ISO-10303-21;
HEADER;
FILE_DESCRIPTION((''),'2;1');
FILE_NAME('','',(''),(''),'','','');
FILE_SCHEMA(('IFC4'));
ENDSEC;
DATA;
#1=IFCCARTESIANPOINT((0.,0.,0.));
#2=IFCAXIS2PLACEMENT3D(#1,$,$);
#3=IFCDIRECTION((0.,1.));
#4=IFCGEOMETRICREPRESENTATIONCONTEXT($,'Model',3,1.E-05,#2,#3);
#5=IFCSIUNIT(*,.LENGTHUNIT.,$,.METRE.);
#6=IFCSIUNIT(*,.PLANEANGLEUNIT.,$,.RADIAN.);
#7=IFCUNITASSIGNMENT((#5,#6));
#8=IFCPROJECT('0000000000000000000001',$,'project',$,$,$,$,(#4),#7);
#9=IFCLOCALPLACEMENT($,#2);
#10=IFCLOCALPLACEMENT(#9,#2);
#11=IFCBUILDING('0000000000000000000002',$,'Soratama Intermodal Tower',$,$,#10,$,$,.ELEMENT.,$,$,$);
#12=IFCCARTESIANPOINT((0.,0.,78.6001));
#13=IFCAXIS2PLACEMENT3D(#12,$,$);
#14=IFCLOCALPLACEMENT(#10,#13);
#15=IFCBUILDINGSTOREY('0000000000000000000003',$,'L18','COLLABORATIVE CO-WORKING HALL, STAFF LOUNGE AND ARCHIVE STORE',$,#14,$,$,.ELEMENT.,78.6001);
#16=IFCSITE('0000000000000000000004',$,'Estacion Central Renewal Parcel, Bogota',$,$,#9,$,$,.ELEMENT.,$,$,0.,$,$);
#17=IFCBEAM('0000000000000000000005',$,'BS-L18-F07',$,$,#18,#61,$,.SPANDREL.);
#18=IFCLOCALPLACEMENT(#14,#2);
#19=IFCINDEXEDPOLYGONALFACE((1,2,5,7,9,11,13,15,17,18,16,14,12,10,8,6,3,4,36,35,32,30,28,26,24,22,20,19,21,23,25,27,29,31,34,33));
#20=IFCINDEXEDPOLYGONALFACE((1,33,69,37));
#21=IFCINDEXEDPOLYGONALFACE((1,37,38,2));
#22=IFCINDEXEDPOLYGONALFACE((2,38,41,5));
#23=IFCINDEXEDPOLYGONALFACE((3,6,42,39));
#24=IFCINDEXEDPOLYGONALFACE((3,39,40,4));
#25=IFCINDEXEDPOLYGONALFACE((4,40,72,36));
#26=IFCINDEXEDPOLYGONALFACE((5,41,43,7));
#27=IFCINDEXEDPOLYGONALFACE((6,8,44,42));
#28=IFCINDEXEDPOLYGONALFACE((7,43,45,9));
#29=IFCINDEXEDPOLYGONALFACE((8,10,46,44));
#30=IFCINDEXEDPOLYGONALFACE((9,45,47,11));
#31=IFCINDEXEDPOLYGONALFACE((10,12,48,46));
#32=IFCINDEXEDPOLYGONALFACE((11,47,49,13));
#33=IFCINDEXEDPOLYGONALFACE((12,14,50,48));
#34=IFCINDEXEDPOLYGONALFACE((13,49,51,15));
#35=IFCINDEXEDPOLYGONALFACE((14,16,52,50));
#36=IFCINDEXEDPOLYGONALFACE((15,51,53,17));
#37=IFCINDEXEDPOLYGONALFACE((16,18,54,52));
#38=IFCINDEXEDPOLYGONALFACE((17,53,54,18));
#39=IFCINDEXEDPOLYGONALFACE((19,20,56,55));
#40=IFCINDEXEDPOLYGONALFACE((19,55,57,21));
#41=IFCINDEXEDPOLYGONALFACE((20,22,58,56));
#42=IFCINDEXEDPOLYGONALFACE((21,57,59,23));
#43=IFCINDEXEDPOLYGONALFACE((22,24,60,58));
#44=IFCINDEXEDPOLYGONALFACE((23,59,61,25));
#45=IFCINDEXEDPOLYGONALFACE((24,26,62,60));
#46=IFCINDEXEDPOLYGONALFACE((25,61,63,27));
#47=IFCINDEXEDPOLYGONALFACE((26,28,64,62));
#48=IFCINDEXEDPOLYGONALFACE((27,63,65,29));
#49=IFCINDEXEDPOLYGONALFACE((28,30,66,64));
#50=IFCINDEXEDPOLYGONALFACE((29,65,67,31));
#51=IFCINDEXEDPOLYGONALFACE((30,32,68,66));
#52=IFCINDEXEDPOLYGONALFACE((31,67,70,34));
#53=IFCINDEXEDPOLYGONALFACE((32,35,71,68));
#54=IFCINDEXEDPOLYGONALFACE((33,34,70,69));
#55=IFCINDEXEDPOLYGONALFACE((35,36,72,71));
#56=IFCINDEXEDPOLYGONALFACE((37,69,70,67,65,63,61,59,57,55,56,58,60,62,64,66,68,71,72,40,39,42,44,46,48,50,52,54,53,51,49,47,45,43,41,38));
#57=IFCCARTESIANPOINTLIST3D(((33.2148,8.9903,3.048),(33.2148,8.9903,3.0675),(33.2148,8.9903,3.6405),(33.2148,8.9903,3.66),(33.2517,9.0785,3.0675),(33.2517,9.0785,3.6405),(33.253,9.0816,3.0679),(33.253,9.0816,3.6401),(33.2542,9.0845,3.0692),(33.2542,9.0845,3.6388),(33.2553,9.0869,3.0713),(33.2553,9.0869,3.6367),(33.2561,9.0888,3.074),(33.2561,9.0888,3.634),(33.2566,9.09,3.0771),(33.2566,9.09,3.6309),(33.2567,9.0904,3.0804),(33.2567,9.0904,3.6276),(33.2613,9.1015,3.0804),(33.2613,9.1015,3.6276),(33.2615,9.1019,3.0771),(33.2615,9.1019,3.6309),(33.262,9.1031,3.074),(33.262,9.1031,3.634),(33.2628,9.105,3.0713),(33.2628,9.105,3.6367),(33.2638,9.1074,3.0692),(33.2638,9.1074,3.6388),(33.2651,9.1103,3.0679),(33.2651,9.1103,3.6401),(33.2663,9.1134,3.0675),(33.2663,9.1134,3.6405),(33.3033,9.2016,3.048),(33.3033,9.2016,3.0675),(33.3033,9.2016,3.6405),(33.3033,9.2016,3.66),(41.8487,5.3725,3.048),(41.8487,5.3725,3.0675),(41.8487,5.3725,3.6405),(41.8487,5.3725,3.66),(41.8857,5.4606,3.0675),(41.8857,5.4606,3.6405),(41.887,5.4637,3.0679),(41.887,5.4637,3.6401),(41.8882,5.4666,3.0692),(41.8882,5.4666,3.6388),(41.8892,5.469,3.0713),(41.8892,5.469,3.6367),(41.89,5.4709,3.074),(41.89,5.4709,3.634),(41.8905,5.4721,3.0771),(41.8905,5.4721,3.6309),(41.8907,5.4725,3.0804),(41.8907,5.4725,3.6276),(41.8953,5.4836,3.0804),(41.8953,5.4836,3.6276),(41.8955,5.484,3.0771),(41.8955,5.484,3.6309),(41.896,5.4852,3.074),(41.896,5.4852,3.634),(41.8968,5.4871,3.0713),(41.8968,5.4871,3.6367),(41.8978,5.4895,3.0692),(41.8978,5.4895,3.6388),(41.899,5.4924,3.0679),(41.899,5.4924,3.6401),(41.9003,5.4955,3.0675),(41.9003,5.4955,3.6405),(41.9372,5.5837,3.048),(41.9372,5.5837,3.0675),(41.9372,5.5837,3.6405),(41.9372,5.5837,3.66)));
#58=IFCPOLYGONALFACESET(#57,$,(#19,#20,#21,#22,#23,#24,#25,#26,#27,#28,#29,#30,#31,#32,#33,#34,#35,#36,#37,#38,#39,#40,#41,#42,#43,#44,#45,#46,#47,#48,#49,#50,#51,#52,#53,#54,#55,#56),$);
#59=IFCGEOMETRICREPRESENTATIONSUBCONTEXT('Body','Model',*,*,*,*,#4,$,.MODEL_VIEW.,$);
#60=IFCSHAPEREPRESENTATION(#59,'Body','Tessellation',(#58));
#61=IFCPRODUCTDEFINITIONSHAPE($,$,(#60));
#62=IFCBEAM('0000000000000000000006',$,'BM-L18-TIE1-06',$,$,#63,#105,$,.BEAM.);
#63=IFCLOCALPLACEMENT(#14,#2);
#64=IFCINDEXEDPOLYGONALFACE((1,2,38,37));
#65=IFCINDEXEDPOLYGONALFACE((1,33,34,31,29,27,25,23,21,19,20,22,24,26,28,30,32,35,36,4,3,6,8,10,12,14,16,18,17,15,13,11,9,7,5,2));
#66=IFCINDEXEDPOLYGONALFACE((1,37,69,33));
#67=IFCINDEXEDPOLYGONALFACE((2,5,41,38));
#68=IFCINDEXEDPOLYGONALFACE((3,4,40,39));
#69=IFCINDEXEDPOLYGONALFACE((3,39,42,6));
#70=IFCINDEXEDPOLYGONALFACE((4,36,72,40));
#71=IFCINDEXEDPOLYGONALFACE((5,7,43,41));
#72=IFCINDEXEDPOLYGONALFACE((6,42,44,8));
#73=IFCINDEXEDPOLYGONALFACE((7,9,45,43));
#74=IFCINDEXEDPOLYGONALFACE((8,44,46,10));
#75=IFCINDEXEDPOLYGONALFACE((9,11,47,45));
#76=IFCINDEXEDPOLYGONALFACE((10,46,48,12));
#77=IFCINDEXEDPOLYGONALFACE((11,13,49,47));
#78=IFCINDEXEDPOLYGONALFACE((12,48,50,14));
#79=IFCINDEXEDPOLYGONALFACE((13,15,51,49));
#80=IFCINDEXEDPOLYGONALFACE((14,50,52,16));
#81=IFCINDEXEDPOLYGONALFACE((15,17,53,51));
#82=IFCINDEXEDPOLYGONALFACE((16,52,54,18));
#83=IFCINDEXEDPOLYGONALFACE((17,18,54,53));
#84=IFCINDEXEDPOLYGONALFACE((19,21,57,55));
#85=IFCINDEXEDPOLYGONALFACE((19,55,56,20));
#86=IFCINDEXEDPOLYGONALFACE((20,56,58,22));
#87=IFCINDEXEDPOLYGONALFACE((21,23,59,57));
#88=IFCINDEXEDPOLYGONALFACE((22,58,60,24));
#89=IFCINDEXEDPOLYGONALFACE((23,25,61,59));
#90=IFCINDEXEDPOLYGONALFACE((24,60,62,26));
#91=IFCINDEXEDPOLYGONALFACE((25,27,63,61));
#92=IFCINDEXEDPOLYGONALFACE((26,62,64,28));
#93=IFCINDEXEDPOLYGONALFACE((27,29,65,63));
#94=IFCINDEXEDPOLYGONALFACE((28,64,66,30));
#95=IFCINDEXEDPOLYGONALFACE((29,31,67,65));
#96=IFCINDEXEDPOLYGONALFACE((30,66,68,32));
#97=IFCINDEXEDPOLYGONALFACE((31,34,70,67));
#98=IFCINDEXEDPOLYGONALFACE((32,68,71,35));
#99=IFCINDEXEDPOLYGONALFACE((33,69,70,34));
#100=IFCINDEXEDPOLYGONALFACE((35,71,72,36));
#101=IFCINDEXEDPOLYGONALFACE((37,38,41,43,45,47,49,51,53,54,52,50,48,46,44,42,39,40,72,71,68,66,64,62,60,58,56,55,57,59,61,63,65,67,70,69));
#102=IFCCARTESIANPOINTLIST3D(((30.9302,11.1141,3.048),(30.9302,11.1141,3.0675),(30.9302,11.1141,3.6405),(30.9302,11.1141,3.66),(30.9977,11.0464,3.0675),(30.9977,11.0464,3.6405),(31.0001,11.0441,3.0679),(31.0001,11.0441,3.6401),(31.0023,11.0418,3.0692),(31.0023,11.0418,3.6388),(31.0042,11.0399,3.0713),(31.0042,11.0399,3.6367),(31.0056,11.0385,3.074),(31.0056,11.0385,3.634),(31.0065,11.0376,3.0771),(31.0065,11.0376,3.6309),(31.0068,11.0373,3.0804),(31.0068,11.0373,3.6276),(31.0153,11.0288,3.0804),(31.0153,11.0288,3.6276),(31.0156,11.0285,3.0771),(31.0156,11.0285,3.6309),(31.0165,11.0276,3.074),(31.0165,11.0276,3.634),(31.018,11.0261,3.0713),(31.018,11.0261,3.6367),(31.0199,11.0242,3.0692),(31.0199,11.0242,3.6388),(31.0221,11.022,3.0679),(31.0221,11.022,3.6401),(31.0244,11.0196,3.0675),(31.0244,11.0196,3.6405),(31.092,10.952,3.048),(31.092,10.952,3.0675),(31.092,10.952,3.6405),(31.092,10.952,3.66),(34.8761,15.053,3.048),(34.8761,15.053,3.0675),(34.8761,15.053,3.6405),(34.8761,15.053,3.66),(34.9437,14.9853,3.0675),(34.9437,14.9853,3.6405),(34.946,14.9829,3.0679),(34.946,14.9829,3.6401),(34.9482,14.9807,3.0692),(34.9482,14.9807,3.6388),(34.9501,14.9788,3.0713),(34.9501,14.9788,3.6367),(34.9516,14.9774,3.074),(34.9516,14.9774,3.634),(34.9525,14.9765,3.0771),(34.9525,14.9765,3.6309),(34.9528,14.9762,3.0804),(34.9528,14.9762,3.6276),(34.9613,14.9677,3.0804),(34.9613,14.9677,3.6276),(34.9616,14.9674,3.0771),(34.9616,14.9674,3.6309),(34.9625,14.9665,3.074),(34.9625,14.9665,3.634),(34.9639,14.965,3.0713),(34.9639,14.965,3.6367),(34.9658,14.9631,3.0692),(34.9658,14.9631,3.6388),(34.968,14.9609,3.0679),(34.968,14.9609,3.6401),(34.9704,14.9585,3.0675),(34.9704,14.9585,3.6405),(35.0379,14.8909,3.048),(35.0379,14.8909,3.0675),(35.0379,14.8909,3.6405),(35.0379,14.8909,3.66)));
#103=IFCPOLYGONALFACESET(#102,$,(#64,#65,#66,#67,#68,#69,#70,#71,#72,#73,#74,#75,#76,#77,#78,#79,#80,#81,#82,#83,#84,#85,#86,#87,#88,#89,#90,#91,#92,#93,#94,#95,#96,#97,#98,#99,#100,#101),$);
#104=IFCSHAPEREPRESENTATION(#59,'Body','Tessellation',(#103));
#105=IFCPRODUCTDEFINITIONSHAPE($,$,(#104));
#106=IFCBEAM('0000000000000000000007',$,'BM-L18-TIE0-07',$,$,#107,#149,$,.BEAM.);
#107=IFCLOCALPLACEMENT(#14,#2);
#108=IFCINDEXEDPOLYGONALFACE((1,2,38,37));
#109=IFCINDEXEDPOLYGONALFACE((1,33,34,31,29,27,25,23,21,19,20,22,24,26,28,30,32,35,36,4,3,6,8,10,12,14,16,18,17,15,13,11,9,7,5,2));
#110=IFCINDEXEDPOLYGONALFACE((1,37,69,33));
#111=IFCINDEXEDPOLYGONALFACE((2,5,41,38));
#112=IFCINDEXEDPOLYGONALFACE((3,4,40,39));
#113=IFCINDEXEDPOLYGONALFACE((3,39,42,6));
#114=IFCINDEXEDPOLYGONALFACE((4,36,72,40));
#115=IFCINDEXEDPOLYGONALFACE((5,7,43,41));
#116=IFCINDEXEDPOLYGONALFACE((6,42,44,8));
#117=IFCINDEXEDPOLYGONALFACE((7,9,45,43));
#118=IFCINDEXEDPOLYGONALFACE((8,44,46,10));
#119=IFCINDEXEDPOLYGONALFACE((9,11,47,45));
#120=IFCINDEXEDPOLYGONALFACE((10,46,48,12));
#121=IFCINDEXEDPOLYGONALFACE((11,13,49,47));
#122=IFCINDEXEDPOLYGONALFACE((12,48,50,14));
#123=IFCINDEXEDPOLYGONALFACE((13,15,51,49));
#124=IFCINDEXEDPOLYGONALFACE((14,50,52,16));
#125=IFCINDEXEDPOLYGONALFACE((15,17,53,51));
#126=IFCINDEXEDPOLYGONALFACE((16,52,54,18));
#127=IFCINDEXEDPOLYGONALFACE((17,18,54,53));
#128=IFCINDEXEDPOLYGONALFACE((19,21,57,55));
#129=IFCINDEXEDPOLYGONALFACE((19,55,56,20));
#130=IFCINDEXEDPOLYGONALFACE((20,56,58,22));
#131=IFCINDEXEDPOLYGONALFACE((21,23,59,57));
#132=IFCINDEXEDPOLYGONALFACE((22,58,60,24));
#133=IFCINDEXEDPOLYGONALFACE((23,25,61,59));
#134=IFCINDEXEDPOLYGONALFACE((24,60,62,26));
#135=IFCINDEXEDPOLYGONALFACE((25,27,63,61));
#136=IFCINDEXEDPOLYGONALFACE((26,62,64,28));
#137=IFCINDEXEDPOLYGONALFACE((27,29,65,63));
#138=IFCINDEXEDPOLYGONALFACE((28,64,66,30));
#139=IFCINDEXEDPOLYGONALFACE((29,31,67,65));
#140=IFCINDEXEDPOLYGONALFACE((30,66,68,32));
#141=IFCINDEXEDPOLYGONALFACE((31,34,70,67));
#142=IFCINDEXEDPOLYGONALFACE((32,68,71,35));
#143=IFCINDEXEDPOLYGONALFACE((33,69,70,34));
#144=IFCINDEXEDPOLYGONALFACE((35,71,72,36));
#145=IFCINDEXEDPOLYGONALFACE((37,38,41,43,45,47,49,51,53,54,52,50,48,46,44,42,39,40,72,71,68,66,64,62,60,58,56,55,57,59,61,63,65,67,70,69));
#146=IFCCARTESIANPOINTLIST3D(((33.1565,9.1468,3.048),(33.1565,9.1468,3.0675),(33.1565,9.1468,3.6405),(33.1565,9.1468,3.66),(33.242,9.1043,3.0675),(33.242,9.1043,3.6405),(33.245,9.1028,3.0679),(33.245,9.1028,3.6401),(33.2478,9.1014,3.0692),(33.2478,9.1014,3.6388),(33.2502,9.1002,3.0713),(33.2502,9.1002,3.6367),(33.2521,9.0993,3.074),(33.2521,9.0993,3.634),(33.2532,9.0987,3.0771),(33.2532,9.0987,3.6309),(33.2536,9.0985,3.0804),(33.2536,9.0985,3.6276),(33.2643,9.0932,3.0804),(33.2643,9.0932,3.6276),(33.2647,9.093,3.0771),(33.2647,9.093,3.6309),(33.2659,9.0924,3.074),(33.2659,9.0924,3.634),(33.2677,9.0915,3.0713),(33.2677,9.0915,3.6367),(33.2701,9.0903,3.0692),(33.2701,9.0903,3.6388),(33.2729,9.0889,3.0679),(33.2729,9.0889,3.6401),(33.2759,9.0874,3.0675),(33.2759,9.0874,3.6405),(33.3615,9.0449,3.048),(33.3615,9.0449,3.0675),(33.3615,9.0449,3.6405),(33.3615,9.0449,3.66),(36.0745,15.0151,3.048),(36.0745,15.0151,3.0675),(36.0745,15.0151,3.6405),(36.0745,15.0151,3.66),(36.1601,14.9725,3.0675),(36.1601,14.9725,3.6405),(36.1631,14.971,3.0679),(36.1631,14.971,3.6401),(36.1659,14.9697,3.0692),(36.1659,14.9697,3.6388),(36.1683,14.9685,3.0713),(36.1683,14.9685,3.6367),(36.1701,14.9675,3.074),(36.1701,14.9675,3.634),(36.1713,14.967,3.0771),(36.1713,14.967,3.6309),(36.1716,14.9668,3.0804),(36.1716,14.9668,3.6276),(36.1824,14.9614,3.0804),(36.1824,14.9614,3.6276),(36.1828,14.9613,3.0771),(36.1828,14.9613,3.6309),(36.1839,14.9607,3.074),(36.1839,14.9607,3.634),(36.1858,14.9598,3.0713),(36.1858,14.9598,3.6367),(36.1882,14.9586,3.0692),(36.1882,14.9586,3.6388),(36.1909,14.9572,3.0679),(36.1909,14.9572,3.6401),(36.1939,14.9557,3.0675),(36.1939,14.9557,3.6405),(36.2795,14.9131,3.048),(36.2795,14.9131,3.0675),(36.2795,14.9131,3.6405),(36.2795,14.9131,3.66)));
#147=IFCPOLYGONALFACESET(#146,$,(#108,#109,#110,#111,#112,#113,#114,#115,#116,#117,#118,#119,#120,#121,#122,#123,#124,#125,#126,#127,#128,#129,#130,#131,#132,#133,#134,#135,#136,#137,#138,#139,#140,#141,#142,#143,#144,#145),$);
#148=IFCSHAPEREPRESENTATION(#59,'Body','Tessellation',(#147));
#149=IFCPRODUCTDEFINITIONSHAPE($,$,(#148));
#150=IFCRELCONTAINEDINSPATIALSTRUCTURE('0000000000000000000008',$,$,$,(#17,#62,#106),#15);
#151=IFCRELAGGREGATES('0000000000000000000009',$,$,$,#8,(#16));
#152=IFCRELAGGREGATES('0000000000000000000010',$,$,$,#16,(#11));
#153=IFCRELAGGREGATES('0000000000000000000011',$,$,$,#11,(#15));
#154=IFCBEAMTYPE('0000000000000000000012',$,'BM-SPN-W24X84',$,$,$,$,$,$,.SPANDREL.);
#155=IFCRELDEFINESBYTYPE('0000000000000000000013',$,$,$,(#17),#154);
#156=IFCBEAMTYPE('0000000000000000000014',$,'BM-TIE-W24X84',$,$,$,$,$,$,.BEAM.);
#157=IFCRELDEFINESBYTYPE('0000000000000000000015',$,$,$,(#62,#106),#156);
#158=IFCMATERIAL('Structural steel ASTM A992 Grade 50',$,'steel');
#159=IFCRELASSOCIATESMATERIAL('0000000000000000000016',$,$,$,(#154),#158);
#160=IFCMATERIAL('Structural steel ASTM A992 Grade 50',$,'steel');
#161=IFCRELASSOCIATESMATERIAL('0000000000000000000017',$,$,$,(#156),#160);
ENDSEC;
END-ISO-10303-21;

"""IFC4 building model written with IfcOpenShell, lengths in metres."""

from ifc_helpers import new_model, si_unit, direction, frame, origin, origin_2d, place, context, subcontext, project, spatial, i_section, extrude, material, material_profile, profile_set, type_object, element, save


model = new_model("IFC4")

# Units and contexts
model_context = context("Model", 3, precision=1e-05, world=origin(), true_north=direction((0.0, 1.0)))
body_context = subcontext(model_context, "Body", "Model", "MODEL_VIEW")
ifc_project = project(units=[si_unit("LENGTHUNIT", "METRE"), si_unit("PLANEANGLEUNIT", "RADIAN")], contexts=[model_context])

# Site, building, storey
site_placement = place(None, origin())
site = spatial("IfcSite", under=ifc_project, at=site_placement, Name="Estacion Central Renewal Parcel, Bogota", CompositionType="ELEMENT", RefElevation=0.0)
building_placement = place(site_placement, origin())
building = spatial("IfcBuilding", under=site, at=building_placement, Name="Soratama Intermodal Tower", CompositionType="ELEMENT")
storey_placement = place(building_placement, frame((0.0, 0.0, 78.6001)))
storey = spatial("IfcBuildingStorey", under=building, at=storey_placement, Name="L18", Description="COLLABORATIVE CO-WORKING HALL, STAFF LOUNGE AND ARCHIVE STORE", CompositionType="ELEMENT", Elevation=78.6001)

# Beams
ifc_material_1 = material(Name="Structural steel ASTM A992 Grade 50", Category="steel")
ifc_material_profile_1 = material_profile(ifc_material_1, i_section(OverallWidth=0.229, OverallDepth=0.6121, WebThickness=0.012, FlangeThickness=0.0195, FilletRadius=0.0129, at=origin_2d()), Name="W24X84")
ifc_profile_set_1 = profile_set([ifc_material_profile_1], Name="Structural steel ASTM A992 Grade 50")
beam_type_1 = type_object("IfcBeamType", Name="BM-SPN-W24X84", PredefinedType="SPANDREL", material=ifc_profile_set_1)
beam_1_placement = place(storey_placement, frame((33.259, 9.0959, 3.354), z_axis=(0.922301, -0.386472, 0.0), x_axis=(0.386472, 0.922301, 0.0)))
element("IfcBeam", 1, at=beam_1_placement, inside=storey, type_object=beam_type_1, Name="BS-L18-F07", PredefinedType="SPANDREL", context=body_context, shape_type="SweptSolid", body=[
    extrude(i_section(OverallWidth=0.229, OverallDepth=0.6121, WebThickness=0.012, FlangeThickness=0.0195, FilletRadius=0.0129, at=origin_2d()), origin(), (0.0, 0.0, 1.0), 9.3613),
])
ifc_material_2 = material(Name="Structural steel ASTM A992 Grade 50", Category="steel")
ifc_material_profile_2 = material_profile(ifc_material_2, i_section(OverallWidth=0.229, OverallDepth=0.6121, WebThickness=0.012, FlangeThickness=0.0195, FilletRadius=0.0129, at=origin_2d()), Name="W24X84")
ifc_profile_set_2 = profile_set([ifc_material_profile_2], Name="Structural steel ASTM A992 Grade 50")
beam_type_2 = type_object("IfcBeamType", Name="BM-TIE-W24X84", PredefinedType="BEAM", material=ifc_profile_set_2)
beam_2_placement = place(storey_placement, frame((34.957, 14.9719, 3.354), z_axis=(-0.707741, -0.706472, 0.0), x_axis=(0.706472, -0.707741, 0.0)))
element("IfcBeam", 2, at=beam_2_placement, inside=storey, type_object=beam_type_2, Name="BM-L18-TIE1-06", PredefinedType="BEAM", context=body_context, shape_type="SweptSolid", body=[
    extrude(i_section(OverallWidth=0.229, OverallDepth=0.6121, WebThickness=0.012, FlangeThickness=0.0195, FilletRadius=0.0129, at=origin_2d()), origin(), (0.0, 0.0, 1.0), 5.5754),
])
beam_3_placement = place(storey_placement, frame((36.177, 14.9641, 3.354), z_axis=(-0.445246, -0.895409, 0.0), x_axis=(0.895409, -0.445246, 0.0)))
element("IfcBeam", 3, at=beam_3_placement, inside=storey, type_object=beam_type_2, Name="BM-L18-TIE0-07", PredefinedType="BEAM", context=body_context, shape_type="SweptSolid", body=[
    extrude(i_section(OverallWidth=0.229, OverallDepth=0.6121, WebThickness=0.012, FlangeThickness=0.0195, FilletRadius=0.0129, at=origin_2d()), origin(), (0.0, 0.0, 1.0), 6.5537),
])

save(model, "model.ifc")
